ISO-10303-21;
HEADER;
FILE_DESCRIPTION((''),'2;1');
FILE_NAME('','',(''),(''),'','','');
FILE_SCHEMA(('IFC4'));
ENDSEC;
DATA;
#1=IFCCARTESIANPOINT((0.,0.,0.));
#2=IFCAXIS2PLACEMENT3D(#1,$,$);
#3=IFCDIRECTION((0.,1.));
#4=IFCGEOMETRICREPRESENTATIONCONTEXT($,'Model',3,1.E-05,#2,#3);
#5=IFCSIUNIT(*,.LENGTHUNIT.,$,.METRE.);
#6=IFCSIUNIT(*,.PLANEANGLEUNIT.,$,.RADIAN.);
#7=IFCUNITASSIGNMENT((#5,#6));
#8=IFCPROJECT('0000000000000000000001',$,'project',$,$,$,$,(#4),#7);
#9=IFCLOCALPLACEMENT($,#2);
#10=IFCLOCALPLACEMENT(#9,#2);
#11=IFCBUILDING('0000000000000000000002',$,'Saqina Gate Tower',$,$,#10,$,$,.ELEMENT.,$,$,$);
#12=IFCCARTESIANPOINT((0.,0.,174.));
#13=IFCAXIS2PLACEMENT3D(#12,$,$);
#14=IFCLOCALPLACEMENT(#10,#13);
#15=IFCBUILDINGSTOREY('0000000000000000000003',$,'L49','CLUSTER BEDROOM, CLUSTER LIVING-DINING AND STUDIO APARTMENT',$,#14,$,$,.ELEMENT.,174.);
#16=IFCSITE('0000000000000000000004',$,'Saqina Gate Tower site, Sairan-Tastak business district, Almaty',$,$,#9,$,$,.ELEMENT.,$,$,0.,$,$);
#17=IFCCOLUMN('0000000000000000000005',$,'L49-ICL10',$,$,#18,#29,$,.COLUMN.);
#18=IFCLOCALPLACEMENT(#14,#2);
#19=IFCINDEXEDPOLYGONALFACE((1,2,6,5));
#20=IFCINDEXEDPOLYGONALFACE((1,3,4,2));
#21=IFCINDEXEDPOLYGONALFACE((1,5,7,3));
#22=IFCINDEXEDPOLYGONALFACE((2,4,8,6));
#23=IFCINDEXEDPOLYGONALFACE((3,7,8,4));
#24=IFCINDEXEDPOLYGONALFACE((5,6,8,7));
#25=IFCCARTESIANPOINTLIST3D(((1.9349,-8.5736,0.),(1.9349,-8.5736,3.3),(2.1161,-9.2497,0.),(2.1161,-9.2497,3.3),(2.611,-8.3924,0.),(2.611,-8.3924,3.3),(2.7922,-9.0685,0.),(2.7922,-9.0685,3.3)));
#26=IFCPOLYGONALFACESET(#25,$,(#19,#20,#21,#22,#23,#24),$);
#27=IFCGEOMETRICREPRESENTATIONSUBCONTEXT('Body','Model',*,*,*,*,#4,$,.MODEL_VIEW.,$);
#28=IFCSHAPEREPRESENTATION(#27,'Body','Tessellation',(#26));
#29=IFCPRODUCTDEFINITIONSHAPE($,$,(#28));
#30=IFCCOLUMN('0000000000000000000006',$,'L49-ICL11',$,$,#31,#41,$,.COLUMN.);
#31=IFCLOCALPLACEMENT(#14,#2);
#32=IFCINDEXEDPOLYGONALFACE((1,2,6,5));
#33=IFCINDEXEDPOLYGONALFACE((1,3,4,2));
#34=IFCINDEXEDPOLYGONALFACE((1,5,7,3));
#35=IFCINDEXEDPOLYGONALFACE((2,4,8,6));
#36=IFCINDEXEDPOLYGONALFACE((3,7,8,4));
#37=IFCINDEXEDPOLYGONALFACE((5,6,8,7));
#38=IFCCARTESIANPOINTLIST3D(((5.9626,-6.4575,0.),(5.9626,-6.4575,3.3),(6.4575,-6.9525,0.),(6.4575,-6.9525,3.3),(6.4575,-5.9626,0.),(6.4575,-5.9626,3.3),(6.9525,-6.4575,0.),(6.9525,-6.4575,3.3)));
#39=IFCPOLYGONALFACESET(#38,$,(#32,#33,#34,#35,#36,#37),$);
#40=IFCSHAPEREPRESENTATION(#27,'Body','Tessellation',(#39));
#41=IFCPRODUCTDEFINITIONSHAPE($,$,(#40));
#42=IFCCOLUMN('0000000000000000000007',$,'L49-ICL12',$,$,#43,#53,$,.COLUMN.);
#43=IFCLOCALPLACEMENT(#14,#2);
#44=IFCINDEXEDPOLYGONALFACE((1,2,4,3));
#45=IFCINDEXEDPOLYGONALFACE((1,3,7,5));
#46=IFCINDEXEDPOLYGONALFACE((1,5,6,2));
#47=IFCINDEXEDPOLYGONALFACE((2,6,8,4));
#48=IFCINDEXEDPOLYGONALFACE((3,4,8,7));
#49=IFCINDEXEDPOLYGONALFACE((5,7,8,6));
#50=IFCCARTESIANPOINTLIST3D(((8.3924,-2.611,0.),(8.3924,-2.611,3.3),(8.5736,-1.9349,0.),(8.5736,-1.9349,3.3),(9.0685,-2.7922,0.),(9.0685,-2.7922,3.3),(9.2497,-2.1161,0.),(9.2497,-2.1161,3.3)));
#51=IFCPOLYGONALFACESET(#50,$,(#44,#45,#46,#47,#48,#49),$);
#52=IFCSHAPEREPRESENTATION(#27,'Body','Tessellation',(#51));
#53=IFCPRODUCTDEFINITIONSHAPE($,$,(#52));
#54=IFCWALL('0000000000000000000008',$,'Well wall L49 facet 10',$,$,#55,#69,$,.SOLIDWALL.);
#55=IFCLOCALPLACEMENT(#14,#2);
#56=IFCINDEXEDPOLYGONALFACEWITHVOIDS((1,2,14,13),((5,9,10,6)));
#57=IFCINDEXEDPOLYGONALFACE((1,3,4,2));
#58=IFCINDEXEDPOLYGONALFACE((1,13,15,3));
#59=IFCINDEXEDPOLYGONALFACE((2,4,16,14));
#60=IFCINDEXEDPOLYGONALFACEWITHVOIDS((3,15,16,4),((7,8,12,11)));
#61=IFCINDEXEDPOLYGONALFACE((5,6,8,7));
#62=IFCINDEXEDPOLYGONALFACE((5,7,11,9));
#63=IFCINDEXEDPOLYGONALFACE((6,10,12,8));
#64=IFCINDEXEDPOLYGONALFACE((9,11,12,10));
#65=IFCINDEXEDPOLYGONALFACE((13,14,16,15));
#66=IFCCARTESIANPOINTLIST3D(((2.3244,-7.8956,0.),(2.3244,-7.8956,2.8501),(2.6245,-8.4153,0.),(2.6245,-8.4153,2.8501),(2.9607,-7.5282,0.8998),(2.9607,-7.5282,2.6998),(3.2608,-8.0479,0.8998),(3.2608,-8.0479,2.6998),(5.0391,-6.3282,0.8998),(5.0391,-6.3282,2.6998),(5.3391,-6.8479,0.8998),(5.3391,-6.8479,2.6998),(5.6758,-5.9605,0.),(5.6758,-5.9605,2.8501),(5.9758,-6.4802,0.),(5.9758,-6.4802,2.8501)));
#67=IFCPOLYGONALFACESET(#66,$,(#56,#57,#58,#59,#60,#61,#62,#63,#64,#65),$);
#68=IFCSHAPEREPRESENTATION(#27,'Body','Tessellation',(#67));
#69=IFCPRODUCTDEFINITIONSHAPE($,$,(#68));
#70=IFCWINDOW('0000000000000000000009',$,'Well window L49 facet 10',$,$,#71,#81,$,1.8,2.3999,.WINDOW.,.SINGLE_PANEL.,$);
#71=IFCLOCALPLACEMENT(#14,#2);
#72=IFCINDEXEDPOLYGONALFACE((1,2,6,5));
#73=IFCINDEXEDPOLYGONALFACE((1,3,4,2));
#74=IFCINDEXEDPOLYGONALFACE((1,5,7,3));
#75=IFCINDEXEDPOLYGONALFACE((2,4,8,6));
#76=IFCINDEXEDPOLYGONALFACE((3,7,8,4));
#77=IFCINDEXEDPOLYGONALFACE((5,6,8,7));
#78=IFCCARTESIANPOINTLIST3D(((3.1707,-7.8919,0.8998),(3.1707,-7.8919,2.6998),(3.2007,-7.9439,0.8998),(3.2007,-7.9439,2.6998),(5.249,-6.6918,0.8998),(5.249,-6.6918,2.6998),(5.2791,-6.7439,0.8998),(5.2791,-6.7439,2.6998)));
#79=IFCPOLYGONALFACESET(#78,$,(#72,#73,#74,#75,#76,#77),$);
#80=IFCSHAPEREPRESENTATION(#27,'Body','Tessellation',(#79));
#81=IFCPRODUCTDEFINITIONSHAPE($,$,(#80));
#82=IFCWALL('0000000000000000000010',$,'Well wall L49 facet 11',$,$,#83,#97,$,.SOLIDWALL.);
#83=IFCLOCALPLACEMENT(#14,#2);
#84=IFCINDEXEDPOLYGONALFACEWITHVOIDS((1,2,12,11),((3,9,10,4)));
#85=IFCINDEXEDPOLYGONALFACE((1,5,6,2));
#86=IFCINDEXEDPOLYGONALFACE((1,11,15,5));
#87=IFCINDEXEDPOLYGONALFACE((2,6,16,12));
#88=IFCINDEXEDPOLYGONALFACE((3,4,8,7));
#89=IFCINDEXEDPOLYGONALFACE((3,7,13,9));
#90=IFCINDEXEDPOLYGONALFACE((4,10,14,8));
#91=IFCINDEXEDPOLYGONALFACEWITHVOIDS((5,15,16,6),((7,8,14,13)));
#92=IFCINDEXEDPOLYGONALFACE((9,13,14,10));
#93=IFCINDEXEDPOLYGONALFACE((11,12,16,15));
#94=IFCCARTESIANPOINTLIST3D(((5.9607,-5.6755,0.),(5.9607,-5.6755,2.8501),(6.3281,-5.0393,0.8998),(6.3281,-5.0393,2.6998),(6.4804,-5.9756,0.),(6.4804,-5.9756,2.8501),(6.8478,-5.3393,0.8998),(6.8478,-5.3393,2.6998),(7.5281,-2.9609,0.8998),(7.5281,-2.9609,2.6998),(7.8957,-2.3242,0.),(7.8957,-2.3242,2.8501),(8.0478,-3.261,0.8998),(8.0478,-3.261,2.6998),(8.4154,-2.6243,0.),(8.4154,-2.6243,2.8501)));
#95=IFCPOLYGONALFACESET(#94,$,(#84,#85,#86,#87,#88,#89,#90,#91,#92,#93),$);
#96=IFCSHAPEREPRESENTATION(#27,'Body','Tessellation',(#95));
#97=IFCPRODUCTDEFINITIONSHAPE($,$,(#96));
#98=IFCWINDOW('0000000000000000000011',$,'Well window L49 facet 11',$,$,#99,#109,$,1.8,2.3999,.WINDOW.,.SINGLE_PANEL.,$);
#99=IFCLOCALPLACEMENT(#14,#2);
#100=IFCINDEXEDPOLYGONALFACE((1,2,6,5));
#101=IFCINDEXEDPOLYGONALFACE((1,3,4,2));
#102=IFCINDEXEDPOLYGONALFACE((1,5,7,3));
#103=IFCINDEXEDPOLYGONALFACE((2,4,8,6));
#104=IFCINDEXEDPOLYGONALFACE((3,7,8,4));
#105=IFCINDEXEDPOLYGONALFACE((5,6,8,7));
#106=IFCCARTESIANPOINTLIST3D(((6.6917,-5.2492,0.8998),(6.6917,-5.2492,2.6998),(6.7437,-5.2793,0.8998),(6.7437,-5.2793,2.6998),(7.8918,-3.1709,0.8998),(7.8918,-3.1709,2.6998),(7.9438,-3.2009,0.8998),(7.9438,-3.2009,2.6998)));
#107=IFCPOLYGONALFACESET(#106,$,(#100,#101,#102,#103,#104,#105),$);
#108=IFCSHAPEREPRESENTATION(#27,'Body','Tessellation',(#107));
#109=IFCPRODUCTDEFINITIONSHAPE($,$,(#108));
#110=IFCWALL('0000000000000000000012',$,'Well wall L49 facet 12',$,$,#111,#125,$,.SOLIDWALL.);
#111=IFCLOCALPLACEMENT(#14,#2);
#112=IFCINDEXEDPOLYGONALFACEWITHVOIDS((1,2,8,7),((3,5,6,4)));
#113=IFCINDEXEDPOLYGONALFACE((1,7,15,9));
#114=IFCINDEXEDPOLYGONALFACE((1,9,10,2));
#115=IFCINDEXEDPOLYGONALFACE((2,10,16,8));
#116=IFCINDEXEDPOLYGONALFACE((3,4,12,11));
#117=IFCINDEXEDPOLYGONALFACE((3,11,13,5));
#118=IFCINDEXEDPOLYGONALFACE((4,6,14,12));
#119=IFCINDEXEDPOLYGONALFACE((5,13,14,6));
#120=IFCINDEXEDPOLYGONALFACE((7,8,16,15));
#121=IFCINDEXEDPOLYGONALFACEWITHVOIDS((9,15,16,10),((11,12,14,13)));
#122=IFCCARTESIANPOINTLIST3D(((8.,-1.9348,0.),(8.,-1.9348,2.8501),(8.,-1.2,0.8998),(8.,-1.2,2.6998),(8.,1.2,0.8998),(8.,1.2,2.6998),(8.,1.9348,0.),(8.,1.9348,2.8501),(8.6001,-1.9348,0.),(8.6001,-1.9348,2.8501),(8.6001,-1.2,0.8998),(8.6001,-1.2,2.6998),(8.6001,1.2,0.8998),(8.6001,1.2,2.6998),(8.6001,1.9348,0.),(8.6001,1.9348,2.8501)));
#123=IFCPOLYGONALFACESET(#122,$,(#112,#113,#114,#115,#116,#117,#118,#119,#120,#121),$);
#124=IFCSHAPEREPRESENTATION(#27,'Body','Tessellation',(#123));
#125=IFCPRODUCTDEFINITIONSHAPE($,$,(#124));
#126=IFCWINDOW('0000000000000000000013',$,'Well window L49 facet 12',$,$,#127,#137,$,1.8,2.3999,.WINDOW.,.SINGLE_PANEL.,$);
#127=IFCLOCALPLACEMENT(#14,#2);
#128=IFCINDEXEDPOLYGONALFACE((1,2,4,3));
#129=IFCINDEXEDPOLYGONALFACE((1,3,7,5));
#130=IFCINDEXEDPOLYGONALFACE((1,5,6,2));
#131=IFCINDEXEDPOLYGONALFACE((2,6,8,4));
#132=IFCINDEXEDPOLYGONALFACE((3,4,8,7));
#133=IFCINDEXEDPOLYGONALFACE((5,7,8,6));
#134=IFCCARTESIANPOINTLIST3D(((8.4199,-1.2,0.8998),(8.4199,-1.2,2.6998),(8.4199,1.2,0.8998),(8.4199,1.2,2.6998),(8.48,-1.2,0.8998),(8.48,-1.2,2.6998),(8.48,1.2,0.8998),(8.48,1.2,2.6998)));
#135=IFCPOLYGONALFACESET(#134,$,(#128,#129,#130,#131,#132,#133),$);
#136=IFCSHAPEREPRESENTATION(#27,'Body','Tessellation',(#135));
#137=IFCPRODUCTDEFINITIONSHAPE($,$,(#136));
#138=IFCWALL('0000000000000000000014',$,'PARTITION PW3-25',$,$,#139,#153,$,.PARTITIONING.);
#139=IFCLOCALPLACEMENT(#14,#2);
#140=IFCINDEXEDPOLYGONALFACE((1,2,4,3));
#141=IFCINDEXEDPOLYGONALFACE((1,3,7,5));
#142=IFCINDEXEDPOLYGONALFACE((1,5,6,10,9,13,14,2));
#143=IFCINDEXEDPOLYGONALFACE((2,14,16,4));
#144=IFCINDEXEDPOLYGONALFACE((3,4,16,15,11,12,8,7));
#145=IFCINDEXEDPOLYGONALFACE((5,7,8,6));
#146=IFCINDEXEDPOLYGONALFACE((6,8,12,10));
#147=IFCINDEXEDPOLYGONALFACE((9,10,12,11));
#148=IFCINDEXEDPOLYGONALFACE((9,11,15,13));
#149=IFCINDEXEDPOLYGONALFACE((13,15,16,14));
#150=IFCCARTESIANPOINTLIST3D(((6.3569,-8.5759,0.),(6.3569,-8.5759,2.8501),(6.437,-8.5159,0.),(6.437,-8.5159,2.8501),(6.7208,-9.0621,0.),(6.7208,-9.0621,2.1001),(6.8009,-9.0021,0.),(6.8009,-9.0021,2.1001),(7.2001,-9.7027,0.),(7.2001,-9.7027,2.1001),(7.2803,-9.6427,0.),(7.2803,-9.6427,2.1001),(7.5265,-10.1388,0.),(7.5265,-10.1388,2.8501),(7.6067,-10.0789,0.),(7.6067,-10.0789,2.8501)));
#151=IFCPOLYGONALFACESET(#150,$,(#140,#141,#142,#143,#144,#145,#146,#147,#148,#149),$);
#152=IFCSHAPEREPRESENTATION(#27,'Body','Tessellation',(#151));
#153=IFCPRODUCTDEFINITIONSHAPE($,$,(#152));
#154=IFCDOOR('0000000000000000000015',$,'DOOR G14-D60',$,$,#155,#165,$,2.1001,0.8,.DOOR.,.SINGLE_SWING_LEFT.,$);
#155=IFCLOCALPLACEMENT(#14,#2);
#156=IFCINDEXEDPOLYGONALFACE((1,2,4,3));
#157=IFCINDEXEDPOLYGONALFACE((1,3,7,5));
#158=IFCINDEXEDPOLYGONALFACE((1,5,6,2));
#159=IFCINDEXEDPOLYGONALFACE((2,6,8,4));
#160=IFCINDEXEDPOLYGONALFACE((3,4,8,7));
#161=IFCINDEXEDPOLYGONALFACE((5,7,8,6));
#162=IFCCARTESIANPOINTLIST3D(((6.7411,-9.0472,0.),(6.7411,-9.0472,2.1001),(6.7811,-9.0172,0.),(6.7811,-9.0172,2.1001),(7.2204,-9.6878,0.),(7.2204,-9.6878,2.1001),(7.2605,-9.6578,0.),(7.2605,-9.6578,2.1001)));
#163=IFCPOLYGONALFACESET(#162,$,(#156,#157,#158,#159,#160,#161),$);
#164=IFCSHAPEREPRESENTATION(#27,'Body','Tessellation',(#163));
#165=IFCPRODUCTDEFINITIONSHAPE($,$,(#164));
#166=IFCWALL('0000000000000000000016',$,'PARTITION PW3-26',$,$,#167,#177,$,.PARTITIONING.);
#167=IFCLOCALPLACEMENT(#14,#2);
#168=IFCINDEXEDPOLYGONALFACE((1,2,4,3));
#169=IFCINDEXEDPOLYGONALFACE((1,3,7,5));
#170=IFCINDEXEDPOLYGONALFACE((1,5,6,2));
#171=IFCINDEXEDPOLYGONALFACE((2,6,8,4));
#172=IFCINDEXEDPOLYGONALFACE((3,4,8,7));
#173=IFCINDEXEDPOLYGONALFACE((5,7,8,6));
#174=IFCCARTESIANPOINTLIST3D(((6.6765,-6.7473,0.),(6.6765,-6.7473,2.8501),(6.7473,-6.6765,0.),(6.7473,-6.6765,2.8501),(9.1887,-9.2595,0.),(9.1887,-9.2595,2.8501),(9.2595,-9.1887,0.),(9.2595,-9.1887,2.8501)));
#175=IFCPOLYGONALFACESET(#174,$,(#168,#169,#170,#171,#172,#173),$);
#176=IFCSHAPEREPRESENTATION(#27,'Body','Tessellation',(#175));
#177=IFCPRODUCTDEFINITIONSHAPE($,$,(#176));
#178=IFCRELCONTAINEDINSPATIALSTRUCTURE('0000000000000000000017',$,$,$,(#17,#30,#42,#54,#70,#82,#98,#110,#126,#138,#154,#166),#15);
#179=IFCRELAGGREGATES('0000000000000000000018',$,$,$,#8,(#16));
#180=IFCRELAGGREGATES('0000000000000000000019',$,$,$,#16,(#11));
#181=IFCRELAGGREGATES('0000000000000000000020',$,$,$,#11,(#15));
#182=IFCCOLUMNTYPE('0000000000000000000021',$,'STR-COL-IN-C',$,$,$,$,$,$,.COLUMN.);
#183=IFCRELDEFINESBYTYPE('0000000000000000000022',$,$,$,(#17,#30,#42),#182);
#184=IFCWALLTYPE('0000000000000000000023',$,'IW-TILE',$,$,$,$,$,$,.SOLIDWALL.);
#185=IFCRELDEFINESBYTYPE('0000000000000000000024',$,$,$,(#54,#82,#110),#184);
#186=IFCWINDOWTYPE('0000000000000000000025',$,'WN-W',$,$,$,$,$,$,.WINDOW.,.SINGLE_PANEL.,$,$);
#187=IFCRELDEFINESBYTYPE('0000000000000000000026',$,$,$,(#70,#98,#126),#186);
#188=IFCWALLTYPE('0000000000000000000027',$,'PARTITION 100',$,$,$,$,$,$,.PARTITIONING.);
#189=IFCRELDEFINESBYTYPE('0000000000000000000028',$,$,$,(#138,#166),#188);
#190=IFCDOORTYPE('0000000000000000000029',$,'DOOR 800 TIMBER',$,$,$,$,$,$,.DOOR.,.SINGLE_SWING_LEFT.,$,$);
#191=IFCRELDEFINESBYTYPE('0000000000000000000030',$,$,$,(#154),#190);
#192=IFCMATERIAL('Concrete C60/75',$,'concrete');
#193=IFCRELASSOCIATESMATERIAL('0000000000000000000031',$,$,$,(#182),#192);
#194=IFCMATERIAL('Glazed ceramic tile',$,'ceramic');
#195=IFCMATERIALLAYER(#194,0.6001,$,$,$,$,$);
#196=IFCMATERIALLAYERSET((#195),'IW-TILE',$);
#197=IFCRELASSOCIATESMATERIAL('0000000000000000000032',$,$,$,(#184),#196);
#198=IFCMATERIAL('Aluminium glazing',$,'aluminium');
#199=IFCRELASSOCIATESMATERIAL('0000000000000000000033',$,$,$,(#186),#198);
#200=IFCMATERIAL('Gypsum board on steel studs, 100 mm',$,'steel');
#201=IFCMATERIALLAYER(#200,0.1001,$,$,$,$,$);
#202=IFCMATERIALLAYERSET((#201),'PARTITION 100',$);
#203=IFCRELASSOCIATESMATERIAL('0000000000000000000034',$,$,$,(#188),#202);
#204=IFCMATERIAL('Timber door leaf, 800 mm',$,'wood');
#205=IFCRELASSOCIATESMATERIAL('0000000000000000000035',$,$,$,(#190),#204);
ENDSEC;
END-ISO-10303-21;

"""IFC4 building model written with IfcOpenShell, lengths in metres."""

from ifc_helpers import new_model, si_unit, direction, frame, frame_2d, origin, origin_2d, place, context, subcontext, project, spatial, rectangle, extrude, material, layer, layer_set, material_profile, profile_set, type_object, element, fill, save


model = new_model("IFC4")

# Units and contexts
model_context = context("Model", 3, precision=1e-05, world=origin(), true_north=direction((0.0, 1.0)))
body_context = subcontext(model_context, "Body", "Model", "MODEL_VIEW")
ifc_project = project(units=[si_unit("LENGTHUNIT", "METRE"), si_unit("PLANEANGLEUNIT", "RADIAN")], contexts=[model_context])

# Site, building, storey
site_placement = place(None, origin())
site = spatial("IfcSite", under=ifc_project, at=site_placement, Name="Saqina Gate Tower site, Sairan-Tastak business district, Almaty", CompositionType="ELEMENT", RefElevation=0.0)
building_placement = place(site_placement, origin())
building = spatial("IfcBuilding", under=site, at=building_placement, Name="Saqina Gate Tower", CompositionType="ELEMENT")
storey_placement = place(building_placement, frame((0.0, 0.0, 174.0)))
storey = spatial("IfcBuildingStorey", under=building, at=storey_placement, Name="L49", Description="CLUSTER BEDROOM, CLUSTER LIVING-DINING AND STUDIO APARTMENT", CompositionType="ELEMENT", Elevation=174.0)

# Columns
ifc_material_1 = material(Name="Concrete C60/75", Category="concrete")
ifc_material_profile = material_profile(ifc_material_1, rectangle(XDim=0.7, YDim=0.7, at=origin_2d()), Name="RC 700x700")
ifc_profile_set = profile_set([ifc_material_profile], Name="Concrete C60/75")
column_type = type_object("IfcColumnType", Name="STR-COL-IN-C", PredefinedType="COLUMN", material=ifc_profile_set)
for number, where, z_axis, x_axis, name in (
    (1, (2.3635, -8.821, 0.0), (0.0, 0.0, 1.0), (0.258819, -0.965926, 0.0), "L49-ICL10"),
    (2, (6.4575, -6.4575, 0.0), (0.0, 0.0, 1.0), (0.707107, -0.707107, 0.0), "L49-ICL11"),
    (3, (8.821, -2.3635, 0.0), (0.0, 0.0, 1.0), (0.965926, -0.258819, 0.0), "L49-ICL12"),
):
    element("IfcColumn", number, at=place(storey_placement, frame(where, z_axis=z_axis, x_axis=x_axis)), inside=storey, type_object=column_type, Name=name, PredefinedType="COLUMN", context=body_context, shape_type="SweptSolid", body=[
        extrude(rectangle(XDim=0.7, YDim=0.7, at=origin_2d()), origin(), (0.0, 0.0, 1.0), 3.3),
    ])

# Walls, openings, windows
ifc_material_2 = material(Name="Glazed ceramic tile", Category="ceramic")
ifc_layer_1 = layer(ifc_material_2, 0.6001)
ifc_layer_set_1 = layer_set([ifc_layer_1], Name="IW-TILE")
wall_type_1 = type_object("IfcWallType", Name="IW-TILE", PredefinedType="SOLIDWALL", material=ifc_layer_set_1)
wall_1_placement = place(storey_placement, frame((2.4744, -8.1555, 0.0), z_axis=(0.0, 0.0, 1.0), x_axis=(0.866006, 0.500034, 0.0)))
wall_1 = element("IfcWall", 4, at=wall_1_placement, inside=storey, type_object=wall_type_1, Name="Well wall L49 facet 10", PredefinedType="SOLIDWALL", context=body_context, shape_type="SweptSolid", body=[
    extrude(rectangle(XDim=3.8699, YDim=0.6001, at=frame_2d((1.9351, 0.0))), origin(), (0.0, 0.0, 1.0), 2.8501),
])
opening_1_placement = place(wall_1_placement, frame((0.7349, 0.0, 0.8999)))
opening_1 = element("IfcOpeningElement", 5, at=opening_1_placement, cuts=wall_1, PredefinedType="OPENING", context=body_context, shape_type="SweptSolid", body=[
    extrude(rectangle(XDim=2.3999, YDim=1.8, at=frame_2d((1.2, 0.8999))), frame((0.0, 0.312, 0.0), z_axis=(0.0, -1.0, 0.0), x_axis=(1.0, 0.0, 0.0)), (0.0, 0.0, 1.0), 0.624),
])
ifc_material_3 = material(Name="Aluminium glazing", Category="aluminium")
window_type = type_object("IfcWindowType", Name="WN-W", PartitioningType="SINGLE_PANEL", PredefinedType="WINDOW", material=ifc_material_3)
window_1_placement = place(opening_1_placement, origin())
window_1 = element("IfcWindow", 6, at=window_1_placement, inside=storey, type_object=window_type, Name="Well window L49 facet 10", OverallHeight=1.8, OverallWidth=2.3999, PartitioningType="SINGLE_PANEL", PredefinedType="WINDOW", context=body_context, shape_type="SweptSolid", body=[
    extrude(rectangle(XDim=2.3999, YDim=1.8, at=frame_2d((1.2, 0.8999))), frame((0.0, -0.1199, 0.0), z_axis=(0.0, -1.0, 0.0), x_axis=(1.0, 0.0, 0.0)), (0.0, 0.0, 1.0), 0.0601),
])
fill(opening_1, window_1)
wall_2_placement = place(storey_placement, frame((6.2205, -5.8257, 0.0), z_axis=(0.0, 0.0, 1.0), x_axis=(0.500034, 0.866006, 0.0)))
wall_2 = element("IfcWall", 7, at=wall_2_placement, inside=storey, type_object=wall_type_1, Name="Well wall L49 facet 11", PredefinedType="SOLIDWALL", context=body_context, shape_type="SweptSolid", body=[
    extrude(rectangle(XDim=3.8699, YDim=0.6001, at=frame_2d((1.9351, 0.0))), origin(), (0.0, 0.0, 1.0), 2.8501),
])
opening_2_placement = place(wall_2_placement, frame((0.7349, 0.0, 0.8999)))
opening_2 = element("IfcOpeningElement", 8, at=opening_2_placement, cuts=wall_2, PredefinedType="OPENING", context=body_context, shape_type="SweptSolid", body=[
    extrude(rectangle(XDim=2.3999, YDim=1.8, at=frame_2d((1.2, 0.8999))), frame((0.0, 0.312, 0.0), z_axis=(0.0, -1.0, 0.0), x_axis=(1.0, 0.0, 0.0)), (0.0, 0.0, 1.0), 0.624),
])
window_2_placement = place(opening_2_placement, origin())
window_2 = element("IfcWindow", 9, at=window_2_placement, inside=storey, type_object=window_type, Name="Well window L49 facet 11", OverallHeight=1.8, OverallWidth=2.3999, PartitioningType="SINGLE_PANEL", PredefinedType="WINDOW", context=body_context, shape_type="SweptSolid", body=[
    extrude(rectangle(XDim=2.3999, YDim=1.8, at=frame_2d((1.2, 0.8999))), frame((0.0, -0.1199, 0.0), z_axis=(0.0, -1.0, 0.0), x_axis=(1.0, 0.0, 0.0)), (0.0, 0.0, 1.0), 0.0601),
])
fill(opening_2, window_2)
wall_3_placement = place(storey_placement, frame((8.3, -1.9348, 0.0), z_axis=(0.0, 0.0, 1.0), x_axis=(0.0, 1.0, 0.0)))
wall_3 = element("IfcWall", 10, at=wall_3_placement, inside=storey, type_object=wall_type_1, Name="Well wall L49 facet 12", PredefinedType="SOLIDWALL", context=body_context, shape_type="SweptSolid", body=[
    extrude(rectangle(XDim=3.8696, YDim=0.6001, at=frame_2d((1.9348, 0.0))), origin(), (0.0, 0.0, 1.0), 2.8501),
])
opening_3_placement = place(wall_3_placement, frame((0.7349, 0.0, 0.8999)))
opening_3 = element("IfcOpeningElement", 11, at=opening_3_placement, cuts=wall_3, PredefinedType="OPENING", context=body_context, shape_type="SweptSolid", body=[
    extrude(rectangle(XDim=2.3999, YDim=1.8, at=frame_2d((1.2, 0.8999))), frame((0.0, 0.312, 0.0), z_axis=(0.0, -1.0, 0.0), x_axis=(1.0, 0.0, 0.0)), (0.0, 0.0, 1.0), 0.624),
])
window_3_placement = place(opening_3_placement, origin())
window_3 = element("IfcWindow", 12, at=window_3_placement, inside=storey, type_object=window_type, Name="Well window L49 facet 12", OverallHeight=1.8, OverallWidth=2.3999, PartitioningType="SINGLE_PANEL", PredefinedType="WINDOW", context=body_context, shape_type="SweptSolid", body=[
    extrude(rectangle(XDim=2.3999, YDim=1.8, at=frame_2d((1.2, 0.8999))), frame((0.0, -0.1199, 0.0), z_axis=(0.0, -1.0, 0.0), x_axis=(1.0, 0.0, 0.0)), (0.0, 0.0, 1.0), 0.0601),
])
fill(opening_3, window_3)

# Wall, opening, door
ifc_material_4 = material(Name="Gypsum board on steel studs, 100 mm", Category="steel")
ifc_layer_2 = layer(ifc_material_4, 0.1001)
ifc_layer_set_2 = layer_set([ifc_layer_2], Name="PARTITION 100")
wall_type_2 = type_object("IfcWallType", Name="PARTITION 100", PredefinedType="PARTITIONING", material=ifc_layer_set_2)
wall_4_placement = place(storey_placement, frame((6.397, -8.5459, 0.0), z_axis=(0.0, 0.0, 1.0), x_axis=(0.599159, -0.80063, 0.0)))
wall_4 = element("IfcWall", 13, at=wall_4_placement, inside=storey, type_object=wall_type_2, Name="PARTITION PW3-25", PredefinedType="PARTITIONING", context=body_context, shape_type="SweptSolid", body=[
    extrude(rectangle(XDim=1.9521, YDim=0.1001, at=frame_2d((0.9761, 0.0))), origin(), (0.0, 0.0, 1.0), 2.8501),
])
opening_4_placement = place(wall_4_placement, frame((0.6074, 0.0, 0.0)))
opening_4 = element("IfcOpeningElement", 14, at=opening_4_placement, cuts=wall_4, PredefinedType="OPENING", context=body_context, shape_type="SweptSolid", body=[
    extrude(rectangle(XDim=0.8, YDim=2.1001, at=frame_2d((0.3999, 1.05))), frame((0.0, 0.062, 0.0), z_axis=(0.0, -1.0, 0.0), x_axis=(1.0, 0.0, 0.0)), (0.0, 0.0, 1.0), 0.124),
])
ifc_material_5 = material(Name="Timber door leaf, 800 mm", Category="wood")
door_type_1 = type_object("IfcDoorType", Name="DOOR 800 TIMBER", OperationType="SINGLE_SWING_LEFT", PredefinedType="DOOR", material=ifc_material_5)
door_1_placement = place(opening_4_placement, frame((0.8, 0.0, 0.0), z_axis=(0.0, 0.0, 1.0), x_axis=(-1.0, 0.0, 0.0)))
door_1 = element("IfcDoor", 15, at=door_1_placement, inside=storey, type_object=door_type_1, Name="DOOR G14-D60", OperationType="SINGLE_SWING_LEFT", OverallHeight=2.1001, OverallWidth=0.8, PredefinedType="DOOR", context=body_context, shape_type="SweptSolid", body=[
    extrude(rectangle(XDim=0.8, YDim=2.1001, at=frame_2d((0.3999, 1.05))), frame((0.0, 0.0249, 0.0), z_axis=(0.0, -1.0, 0.0), x_axis=(1.0, 0.0, 0.0)), (0.0, 0.0, 1.0), 0.05),
])
fill(opening_4, door_1)

# Wall
wall_5_placement = place(storey_placement, frame((6.7119, -6.7119, 0.0), z_axis=(0.0, 0.0, 1.0), x_axis=(0.707107, -0.707107, 0.0)))
element("IfcWall", 16, at=wall_5_placement, inside=storey, type_object=wall_type_2, Name="PARTITION PW3-26", PredefinedType="PARTITIONING", context=body_context, shape_type="SweptSolid", body=[
    extrude(rectangle(XDim=3.5527, YDim=0.1001, at=frame_2d((1.7764, 0.0))), origin(), (0.0, 0.0, 1.0), 2.8501),
])

save(model, "model.ifc")
